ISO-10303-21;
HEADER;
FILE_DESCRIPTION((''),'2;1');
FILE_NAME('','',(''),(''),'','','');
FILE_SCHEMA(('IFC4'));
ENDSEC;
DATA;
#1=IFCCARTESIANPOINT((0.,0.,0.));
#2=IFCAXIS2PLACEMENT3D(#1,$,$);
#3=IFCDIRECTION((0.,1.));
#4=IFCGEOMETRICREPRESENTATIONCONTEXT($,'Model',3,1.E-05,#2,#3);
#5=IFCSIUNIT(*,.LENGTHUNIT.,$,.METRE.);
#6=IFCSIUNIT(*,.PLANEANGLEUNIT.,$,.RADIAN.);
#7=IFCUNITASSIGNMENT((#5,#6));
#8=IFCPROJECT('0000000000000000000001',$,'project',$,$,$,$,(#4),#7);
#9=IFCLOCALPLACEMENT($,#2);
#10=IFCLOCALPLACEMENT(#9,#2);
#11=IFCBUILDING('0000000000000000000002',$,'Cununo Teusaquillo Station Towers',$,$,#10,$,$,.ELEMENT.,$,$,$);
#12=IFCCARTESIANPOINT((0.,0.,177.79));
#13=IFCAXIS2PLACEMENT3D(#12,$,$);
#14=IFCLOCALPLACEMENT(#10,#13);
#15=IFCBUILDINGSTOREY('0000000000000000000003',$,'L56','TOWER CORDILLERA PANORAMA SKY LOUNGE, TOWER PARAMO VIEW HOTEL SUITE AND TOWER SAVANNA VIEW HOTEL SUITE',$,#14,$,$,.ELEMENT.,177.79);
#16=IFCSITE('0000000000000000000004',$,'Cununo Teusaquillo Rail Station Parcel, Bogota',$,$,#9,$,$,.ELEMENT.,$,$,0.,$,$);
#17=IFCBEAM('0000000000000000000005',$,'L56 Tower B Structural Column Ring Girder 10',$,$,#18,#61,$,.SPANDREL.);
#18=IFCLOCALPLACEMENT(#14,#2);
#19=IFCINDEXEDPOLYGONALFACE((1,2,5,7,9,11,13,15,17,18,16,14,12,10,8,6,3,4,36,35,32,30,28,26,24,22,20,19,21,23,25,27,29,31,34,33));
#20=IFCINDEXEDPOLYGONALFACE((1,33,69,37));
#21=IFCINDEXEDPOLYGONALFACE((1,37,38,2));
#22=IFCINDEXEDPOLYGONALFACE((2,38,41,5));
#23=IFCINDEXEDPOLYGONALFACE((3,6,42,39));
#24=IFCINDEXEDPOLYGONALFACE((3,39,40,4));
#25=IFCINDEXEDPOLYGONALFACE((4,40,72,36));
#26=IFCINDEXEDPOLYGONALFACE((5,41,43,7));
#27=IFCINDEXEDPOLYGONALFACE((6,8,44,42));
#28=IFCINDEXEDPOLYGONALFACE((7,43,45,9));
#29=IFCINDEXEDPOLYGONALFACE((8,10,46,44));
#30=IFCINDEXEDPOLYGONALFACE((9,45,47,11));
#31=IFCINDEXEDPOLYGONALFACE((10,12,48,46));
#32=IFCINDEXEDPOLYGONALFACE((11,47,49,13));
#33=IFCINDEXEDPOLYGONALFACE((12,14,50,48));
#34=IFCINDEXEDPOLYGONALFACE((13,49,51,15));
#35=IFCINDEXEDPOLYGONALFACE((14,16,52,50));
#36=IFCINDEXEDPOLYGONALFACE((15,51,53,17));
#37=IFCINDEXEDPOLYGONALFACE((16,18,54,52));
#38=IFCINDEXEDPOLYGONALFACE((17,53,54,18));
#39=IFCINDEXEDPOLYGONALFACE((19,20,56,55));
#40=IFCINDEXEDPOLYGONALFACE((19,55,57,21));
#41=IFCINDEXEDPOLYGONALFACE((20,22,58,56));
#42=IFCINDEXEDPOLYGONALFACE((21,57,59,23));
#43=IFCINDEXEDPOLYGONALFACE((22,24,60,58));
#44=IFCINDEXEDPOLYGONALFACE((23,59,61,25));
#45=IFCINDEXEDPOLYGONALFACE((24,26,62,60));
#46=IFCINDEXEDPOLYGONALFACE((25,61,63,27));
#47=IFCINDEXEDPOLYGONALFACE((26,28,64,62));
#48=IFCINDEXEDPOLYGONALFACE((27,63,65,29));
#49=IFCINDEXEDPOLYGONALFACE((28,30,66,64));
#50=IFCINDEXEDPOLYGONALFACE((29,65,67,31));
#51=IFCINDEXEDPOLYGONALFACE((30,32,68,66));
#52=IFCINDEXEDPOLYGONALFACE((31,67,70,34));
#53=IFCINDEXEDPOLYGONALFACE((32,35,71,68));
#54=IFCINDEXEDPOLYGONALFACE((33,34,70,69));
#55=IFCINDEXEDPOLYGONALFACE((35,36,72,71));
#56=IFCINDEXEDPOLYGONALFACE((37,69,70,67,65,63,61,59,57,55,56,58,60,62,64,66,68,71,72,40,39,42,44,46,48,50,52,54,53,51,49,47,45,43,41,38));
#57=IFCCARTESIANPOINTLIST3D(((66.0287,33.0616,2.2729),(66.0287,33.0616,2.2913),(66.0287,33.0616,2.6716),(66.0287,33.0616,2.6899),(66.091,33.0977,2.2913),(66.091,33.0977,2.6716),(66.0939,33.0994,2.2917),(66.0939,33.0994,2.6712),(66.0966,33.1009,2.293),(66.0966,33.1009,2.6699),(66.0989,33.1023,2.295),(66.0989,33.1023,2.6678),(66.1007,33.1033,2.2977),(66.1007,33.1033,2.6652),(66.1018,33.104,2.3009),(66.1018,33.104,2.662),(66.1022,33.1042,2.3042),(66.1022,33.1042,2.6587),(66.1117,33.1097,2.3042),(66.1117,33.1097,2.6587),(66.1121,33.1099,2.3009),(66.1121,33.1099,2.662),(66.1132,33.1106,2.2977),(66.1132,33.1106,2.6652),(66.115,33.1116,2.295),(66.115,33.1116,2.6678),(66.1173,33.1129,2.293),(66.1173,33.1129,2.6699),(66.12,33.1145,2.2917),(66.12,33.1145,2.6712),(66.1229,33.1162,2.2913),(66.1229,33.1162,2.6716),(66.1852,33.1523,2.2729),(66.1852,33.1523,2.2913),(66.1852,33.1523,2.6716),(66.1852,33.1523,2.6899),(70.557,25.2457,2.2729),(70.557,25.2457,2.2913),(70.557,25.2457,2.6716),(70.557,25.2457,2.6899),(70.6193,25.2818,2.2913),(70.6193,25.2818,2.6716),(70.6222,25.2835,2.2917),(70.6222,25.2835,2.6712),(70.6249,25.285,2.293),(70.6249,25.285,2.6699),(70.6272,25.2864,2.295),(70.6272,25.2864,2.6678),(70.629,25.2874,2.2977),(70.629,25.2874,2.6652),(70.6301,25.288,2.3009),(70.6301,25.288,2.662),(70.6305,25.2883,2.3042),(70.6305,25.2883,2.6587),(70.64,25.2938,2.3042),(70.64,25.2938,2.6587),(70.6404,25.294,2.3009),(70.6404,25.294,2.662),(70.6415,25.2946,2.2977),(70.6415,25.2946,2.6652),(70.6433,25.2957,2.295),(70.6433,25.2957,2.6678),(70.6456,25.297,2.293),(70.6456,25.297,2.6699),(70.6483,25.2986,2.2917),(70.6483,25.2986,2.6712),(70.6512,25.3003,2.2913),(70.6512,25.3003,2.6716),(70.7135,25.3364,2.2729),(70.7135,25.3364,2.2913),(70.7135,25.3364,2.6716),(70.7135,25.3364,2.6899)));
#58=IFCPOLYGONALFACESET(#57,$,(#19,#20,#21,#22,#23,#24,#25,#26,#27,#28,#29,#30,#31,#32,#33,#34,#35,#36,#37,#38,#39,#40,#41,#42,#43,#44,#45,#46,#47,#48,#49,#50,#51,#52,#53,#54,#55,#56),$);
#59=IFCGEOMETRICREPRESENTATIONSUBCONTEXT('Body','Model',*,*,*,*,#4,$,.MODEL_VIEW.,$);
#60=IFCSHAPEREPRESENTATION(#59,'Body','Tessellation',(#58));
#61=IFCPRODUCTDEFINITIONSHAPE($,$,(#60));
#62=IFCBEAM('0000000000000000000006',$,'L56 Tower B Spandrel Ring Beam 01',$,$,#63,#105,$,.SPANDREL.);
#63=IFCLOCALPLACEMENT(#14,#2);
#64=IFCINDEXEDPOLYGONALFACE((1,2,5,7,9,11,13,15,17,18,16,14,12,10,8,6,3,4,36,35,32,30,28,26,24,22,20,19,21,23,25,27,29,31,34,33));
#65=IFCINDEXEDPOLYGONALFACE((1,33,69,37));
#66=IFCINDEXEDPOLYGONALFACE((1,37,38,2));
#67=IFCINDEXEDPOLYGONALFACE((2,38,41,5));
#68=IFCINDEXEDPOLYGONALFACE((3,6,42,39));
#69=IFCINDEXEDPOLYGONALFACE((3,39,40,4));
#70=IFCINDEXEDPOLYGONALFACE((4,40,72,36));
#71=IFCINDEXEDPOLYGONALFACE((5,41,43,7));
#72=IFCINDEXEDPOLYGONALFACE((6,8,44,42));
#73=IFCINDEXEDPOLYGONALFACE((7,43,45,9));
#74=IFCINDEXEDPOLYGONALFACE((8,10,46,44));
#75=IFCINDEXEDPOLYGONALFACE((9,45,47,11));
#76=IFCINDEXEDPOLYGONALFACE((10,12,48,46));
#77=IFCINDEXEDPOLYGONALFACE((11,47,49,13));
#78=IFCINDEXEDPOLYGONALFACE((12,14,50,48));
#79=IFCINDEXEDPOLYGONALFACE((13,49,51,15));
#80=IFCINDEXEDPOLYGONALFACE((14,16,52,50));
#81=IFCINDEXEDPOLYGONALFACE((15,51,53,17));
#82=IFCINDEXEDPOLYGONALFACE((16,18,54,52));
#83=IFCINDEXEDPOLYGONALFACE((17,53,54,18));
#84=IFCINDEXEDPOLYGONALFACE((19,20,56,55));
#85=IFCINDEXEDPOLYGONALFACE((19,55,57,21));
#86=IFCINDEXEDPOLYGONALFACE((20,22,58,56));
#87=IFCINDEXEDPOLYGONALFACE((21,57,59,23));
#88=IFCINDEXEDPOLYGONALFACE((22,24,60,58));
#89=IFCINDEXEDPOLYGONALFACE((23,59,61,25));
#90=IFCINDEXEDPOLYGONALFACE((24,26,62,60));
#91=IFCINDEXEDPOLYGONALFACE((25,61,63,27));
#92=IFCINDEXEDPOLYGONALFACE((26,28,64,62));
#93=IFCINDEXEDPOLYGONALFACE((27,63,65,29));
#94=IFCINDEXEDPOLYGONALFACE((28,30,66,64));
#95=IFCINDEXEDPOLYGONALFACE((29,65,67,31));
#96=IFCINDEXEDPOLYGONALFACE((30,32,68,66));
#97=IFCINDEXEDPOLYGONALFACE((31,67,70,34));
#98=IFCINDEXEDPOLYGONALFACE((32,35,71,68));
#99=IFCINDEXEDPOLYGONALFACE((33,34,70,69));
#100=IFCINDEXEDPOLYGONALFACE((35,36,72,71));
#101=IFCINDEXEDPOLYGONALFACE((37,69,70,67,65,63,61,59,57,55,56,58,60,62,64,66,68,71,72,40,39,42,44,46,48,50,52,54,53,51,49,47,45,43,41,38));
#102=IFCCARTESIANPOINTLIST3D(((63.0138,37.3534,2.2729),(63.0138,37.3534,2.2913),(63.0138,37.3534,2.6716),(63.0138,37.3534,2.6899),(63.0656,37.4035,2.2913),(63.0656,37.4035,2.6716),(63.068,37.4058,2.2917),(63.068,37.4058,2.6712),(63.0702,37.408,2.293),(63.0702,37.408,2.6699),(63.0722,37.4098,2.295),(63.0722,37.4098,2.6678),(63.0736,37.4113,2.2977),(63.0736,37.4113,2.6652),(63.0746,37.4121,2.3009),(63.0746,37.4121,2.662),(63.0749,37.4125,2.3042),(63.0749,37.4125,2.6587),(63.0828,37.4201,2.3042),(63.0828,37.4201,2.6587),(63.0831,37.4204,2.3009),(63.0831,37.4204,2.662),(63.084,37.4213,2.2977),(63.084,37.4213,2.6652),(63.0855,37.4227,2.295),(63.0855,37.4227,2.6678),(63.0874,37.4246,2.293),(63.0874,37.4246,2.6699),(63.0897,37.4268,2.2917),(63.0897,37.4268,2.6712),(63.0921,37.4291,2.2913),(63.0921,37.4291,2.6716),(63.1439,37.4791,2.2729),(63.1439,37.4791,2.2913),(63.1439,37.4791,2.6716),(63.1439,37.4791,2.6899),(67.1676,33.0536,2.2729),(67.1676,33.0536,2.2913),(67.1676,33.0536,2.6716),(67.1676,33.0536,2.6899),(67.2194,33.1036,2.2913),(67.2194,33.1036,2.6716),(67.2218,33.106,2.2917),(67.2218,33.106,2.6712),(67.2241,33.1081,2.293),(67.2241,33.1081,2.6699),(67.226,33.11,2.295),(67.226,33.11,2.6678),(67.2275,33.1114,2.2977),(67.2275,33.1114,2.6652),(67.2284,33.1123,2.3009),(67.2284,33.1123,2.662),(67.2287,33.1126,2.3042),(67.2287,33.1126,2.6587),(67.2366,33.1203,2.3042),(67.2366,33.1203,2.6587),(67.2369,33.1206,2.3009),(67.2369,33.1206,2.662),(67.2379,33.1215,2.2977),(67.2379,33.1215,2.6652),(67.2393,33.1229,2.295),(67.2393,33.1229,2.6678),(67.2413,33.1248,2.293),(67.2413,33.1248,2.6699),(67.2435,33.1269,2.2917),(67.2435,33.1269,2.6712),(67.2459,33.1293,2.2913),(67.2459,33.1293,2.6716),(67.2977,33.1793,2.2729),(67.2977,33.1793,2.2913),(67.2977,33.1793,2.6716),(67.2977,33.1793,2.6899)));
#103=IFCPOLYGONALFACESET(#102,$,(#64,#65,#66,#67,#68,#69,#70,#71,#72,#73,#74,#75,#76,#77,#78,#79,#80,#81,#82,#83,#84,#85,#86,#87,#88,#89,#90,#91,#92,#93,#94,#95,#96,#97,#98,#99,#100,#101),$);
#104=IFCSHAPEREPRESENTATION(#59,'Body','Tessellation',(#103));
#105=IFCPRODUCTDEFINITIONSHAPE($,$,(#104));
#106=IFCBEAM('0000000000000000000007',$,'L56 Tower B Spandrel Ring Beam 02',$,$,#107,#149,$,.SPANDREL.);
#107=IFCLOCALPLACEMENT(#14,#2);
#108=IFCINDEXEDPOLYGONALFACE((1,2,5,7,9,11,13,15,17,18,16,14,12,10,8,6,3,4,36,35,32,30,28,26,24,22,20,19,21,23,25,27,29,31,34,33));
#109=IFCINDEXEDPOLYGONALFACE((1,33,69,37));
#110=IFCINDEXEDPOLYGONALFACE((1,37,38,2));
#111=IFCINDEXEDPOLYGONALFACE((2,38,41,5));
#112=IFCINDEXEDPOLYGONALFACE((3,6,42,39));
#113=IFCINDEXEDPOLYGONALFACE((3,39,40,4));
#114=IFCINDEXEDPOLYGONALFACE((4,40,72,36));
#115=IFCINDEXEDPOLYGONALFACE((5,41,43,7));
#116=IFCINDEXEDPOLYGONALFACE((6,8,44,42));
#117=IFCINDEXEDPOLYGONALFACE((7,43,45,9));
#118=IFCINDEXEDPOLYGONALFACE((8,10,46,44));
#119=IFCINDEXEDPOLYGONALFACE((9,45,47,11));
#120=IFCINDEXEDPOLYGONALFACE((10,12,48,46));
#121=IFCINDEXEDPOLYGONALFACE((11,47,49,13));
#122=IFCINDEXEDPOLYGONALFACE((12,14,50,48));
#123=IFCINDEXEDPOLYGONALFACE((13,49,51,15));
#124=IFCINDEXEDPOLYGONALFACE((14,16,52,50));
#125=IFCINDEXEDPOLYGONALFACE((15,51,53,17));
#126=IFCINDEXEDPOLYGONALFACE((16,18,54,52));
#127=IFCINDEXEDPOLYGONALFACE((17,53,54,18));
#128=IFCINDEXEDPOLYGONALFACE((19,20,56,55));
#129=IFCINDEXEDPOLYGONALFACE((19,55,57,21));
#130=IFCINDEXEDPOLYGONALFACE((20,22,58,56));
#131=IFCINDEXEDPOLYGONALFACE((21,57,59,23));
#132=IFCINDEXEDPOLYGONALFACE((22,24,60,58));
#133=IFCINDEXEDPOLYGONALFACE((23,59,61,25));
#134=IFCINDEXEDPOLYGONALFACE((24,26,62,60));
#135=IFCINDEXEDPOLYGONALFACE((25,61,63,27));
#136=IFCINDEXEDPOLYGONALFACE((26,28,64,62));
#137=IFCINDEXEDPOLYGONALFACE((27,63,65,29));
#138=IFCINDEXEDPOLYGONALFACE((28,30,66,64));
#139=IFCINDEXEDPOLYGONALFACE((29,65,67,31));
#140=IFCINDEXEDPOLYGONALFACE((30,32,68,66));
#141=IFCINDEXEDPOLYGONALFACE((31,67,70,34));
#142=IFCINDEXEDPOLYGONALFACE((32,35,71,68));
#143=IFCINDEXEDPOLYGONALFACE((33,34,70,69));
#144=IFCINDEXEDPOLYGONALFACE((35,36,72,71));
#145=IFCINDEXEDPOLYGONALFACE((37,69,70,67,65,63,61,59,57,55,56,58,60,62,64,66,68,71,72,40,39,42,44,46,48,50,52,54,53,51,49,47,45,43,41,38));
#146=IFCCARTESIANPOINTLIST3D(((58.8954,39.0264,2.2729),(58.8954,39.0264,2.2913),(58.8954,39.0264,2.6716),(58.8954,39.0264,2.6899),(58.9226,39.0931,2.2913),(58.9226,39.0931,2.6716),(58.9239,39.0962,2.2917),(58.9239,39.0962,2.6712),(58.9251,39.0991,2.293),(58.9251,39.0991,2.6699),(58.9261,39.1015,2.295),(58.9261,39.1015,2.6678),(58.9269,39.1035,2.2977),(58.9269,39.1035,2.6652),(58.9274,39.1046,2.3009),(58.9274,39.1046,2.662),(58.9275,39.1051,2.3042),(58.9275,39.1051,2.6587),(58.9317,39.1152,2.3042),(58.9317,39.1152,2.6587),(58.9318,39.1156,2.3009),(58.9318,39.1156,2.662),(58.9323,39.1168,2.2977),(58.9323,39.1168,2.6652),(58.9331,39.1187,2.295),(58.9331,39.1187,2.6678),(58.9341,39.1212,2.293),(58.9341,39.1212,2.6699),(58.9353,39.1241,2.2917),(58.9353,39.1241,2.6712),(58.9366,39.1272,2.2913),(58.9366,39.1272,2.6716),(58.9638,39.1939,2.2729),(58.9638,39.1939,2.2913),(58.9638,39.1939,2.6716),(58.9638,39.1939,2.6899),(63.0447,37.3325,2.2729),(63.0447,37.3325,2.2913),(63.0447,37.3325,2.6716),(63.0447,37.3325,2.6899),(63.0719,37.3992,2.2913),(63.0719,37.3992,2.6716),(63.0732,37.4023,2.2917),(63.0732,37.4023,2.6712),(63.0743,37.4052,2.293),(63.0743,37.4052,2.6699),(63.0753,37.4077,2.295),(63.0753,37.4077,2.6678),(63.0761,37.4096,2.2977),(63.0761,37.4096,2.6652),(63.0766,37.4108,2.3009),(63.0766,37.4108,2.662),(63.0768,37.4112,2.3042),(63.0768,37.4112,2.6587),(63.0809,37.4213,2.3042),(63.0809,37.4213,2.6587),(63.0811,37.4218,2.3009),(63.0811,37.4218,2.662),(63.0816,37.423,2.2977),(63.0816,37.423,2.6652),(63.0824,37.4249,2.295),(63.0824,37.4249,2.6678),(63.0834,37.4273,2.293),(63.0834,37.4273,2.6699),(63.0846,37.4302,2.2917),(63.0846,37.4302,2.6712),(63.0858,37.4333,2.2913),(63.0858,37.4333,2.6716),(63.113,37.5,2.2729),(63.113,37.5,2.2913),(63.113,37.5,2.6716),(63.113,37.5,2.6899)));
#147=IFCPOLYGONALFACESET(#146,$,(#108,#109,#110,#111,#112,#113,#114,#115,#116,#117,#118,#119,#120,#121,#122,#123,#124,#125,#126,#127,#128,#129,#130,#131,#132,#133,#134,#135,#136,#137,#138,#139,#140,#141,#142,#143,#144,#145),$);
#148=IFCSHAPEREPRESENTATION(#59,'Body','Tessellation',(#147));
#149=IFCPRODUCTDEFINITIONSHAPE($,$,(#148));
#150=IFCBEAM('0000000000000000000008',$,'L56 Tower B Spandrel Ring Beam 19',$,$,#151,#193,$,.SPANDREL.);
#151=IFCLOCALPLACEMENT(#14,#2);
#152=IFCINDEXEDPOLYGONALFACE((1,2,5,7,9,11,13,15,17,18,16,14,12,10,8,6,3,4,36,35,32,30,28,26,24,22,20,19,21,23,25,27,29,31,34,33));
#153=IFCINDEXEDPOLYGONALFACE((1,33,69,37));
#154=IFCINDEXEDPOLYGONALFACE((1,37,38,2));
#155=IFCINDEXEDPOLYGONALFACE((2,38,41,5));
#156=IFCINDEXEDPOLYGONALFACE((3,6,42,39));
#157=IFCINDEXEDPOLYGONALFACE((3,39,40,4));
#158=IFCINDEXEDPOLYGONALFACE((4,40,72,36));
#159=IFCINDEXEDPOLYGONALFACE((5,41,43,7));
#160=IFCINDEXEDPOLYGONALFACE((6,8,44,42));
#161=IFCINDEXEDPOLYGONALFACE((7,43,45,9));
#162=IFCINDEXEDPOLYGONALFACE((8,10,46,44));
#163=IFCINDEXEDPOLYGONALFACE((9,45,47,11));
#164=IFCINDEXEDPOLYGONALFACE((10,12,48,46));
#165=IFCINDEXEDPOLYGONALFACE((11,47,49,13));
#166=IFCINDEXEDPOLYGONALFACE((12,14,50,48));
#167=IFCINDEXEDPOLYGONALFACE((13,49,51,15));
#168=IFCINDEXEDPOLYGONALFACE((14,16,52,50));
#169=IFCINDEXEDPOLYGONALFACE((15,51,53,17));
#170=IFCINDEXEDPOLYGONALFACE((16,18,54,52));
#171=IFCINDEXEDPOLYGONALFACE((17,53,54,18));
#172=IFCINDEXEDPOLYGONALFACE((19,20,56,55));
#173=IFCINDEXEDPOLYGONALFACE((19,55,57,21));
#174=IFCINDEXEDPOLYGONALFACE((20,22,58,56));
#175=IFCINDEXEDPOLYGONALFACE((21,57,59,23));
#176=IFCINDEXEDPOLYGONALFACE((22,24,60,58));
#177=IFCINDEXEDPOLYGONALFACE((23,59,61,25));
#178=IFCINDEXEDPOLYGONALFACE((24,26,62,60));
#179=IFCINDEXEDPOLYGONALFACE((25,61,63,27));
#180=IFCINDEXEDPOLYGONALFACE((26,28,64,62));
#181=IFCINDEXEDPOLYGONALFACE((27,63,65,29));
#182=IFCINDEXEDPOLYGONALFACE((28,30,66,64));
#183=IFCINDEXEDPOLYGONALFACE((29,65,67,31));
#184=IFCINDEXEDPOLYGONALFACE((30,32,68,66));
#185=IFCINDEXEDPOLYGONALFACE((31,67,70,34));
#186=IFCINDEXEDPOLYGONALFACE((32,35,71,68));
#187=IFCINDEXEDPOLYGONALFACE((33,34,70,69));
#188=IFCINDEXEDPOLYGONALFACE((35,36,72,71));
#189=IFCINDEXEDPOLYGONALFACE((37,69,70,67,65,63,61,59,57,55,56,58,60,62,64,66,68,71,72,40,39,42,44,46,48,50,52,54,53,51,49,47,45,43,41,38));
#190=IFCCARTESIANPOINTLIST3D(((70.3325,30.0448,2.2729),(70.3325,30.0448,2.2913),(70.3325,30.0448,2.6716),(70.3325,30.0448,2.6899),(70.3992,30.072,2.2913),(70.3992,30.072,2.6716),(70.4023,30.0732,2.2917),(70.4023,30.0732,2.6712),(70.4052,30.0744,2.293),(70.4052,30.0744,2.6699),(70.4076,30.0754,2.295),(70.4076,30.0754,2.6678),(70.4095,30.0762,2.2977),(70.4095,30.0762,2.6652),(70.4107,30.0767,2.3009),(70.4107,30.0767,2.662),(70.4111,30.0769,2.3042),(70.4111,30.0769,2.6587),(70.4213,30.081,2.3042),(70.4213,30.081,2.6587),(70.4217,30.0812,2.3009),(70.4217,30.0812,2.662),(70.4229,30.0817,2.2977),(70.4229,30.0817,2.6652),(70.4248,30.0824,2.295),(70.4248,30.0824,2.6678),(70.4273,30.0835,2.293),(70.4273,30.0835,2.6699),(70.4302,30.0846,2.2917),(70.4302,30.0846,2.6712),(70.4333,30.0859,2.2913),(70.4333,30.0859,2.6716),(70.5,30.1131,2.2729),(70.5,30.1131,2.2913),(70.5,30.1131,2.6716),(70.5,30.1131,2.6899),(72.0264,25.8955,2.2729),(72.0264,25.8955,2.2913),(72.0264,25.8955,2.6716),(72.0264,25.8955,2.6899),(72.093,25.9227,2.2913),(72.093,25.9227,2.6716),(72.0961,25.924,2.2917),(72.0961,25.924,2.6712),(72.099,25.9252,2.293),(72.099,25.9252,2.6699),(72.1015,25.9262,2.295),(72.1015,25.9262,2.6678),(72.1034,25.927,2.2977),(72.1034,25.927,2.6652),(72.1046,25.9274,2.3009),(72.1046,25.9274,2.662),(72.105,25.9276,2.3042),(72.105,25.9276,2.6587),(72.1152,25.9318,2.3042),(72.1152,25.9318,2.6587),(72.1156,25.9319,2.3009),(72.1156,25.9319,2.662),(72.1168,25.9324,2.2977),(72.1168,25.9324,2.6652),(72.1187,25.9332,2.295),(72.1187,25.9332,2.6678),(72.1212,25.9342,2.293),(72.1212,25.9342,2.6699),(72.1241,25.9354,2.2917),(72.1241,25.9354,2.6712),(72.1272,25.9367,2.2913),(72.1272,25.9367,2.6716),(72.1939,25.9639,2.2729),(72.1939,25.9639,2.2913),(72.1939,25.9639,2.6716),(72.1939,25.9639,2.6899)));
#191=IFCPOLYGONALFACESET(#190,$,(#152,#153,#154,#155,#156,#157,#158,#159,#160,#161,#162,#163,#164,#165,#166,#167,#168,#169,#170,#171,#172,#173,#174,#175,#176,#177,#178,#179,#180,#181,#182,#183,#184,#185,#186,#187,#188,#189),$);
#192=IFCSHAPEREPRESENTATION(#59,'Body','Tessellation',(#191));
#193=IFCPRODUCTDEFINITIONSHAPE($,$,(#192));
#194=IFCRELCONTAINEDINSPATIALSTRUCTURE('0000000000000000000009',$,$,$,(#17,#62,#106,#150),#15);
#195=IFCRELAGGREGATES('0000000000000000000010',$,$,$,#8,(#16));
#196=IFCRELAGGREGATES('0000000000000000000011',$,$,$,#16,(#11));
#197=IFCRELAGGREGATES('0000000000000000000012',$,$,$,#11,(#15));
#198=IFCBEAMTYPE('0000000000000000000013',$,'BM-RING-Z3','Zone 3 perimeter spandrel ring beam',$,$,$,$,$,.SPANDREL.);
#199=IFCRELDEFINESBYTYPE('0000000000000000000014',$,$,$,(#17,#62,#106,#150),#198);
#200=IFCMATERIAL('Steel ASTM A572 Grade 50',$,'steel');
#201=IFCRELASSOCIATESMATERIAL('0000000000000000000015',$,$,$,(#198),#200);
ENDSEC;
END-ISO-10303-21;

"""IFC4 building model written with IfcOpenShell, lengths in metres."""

from ifc_helpers import new_model, si_unit, direction, frame, origin, origin_2d, place, context, subcontext, project, spatial, i_section, extrude, material, material_profile, profile_set, type_object, element, save


model = new_model("IFC4")

# Units and contexts
model_context = context("Model", 3, precision=1e-05, world=origin(), true_north=direction((0.0, 1.0)))
body_context = subcontext(model_context, "Body", "Model", "MODEL_VIEW")
ifc_project = project(units=[si_unit("LENGTHUNIT", "METRE"), si_unit("PLANEANGLEUNIT", "RADIAN")], contexts=[model_context])

# Site, building, storey
site_placement = place(None, origin())
site = spatial("IfcSite", under=ifc_project, at=site_placement, Name="Cununo Teusaquillo Rail Station Parcel, Bogota", CompositionType="ELEMENT", RefElevation=0.0)
building_placement = place(site_placement, origin())
building = spatial("IfcBuilding", under=site, at=building_placement, Name="Cununo Teusaquillo Station Towers", CompositionType="ELEMENT")
storey_placement = place(building_placement, frame((0.0, 0.0, 177.79)))
storey = spatial("IfcBuildingStorey", under=building, at=storey_placement, Name="L56", Description="TOWER CORDILLERA PANORAMA SKY LOUNGE, TOWER PARAMO VIEW HOTEL SUITE AND TOWER SAVANNA VIEW HOTEL SUITE", CompositionType="ELEMENT", Elevation=177.79)

# Beams
ifc_material_1 = material(Name="Steel ASTM A572 Grade 50", Category="steel")
ifc_material_profile_1 = material_profile(ifc_material_1, i_section(OverallWidth=0.1809, OverallDepth=0.417, WebThickness=0.011, FlangeThickness=0.0183, FilletRadius=0.0129, at=origin_2d()), Name="W16X57")
ifc_profile_set_1 = profile_set([ifc_material_profile_1], Name="Steel ASTM A572 Grade 50")
beam_type_1 = type_object("IfcBeamType", Name="BM-RING-Z3", Description="Zone 3 perimeter spandrel ring beam", PredefinedType="SPANDREL", material=ifc_profile_set_1)
for number, where, z_axis, x_axis, name in (
    (1, (70.6353, 25.291, 2.4814), (-0.501311, 0.865267, 0.0), (-0.865267, -0.501311, 0.0), "L56 Tower B Structural Column Ring Girder 10"),
):
    element("IfcBeam", number, at=place(storey_placement, frame(where, z_axis=z_axis, x_axis=x_axis)), inside=storey, type_object=beam_type_1, Name=name, PredefinedType="SPANDREL", context=body_context, shape_type="SweptSolid", body=[
        extrude(i_section(OverallWidth=0.1809, OverallDepth=0.417, WebThickness=0.011, FlangeThickness=0.0183, FilletRadius=0.0129, at=origin_2d()), origin(), (0.0, 0.0, 1.0), 9.033),
    ])
beam_1_placement = place(storey_placement, frame((67.2327, 33.1165, 2.4814), z_axis=(-0.694791, 0.719211, 0.0), x_axis=(-0.719211, -0.694791, 0.0)))
element("IfcBeam", 2, at=beam_1_placement, inside=storey, type_object=beam_type_1, Name="L56 Tower B Spandrel Ring Beam 01", PredefinedType="SPANDREL", context=body_context, shape_type="SweptSolid", body=[
    extrude(i_section(OverallWidth=0.1809, OverallDepth=0.417, WebThickness=0.011, FlangeThickness=0.0183, FilletRadius=0.0129, at=origin_2d()), origin(), (0.0, 0.0, 1.0), 5.9785),
])
for number, where, z_axis, x_axis, name in (
    (3, (63.0789, 37.4163, 2.4814), (-0.925824, 0.377956, 0.0), (-0.377956, -0.925824, 0.0), "L56 Tower B Spandrel Ring Beam 02"),
    (4, (72.1101, 25.9297, 2.4814), (-0.377956, 0.925824, 0.0), (-0.925824, -0.377956, 0.0), "L56 Tower B Spandrel Ring Beam 19"),
):
    element("IfcBeam", number, at=place(storey_placement, frame(where, z_axis=z_axis, x_axis=x_axis)), inside=storey, type_object=beam_type_1, Name=name, PredefinedType="SPANDREL", context=body_context, shape_type="SweptSolid", body=[
        extrude(i_section(OverallWidth=0.1809, OverallDepth=0.417, WebThickness=0.011, FlangeThickness=0.0183, FilletRadius=0.0129, at=origin_2d()), origin(), (0.0, 0.0, 1.0), 4.4817),
    ])

save(model, "model.ifc")
